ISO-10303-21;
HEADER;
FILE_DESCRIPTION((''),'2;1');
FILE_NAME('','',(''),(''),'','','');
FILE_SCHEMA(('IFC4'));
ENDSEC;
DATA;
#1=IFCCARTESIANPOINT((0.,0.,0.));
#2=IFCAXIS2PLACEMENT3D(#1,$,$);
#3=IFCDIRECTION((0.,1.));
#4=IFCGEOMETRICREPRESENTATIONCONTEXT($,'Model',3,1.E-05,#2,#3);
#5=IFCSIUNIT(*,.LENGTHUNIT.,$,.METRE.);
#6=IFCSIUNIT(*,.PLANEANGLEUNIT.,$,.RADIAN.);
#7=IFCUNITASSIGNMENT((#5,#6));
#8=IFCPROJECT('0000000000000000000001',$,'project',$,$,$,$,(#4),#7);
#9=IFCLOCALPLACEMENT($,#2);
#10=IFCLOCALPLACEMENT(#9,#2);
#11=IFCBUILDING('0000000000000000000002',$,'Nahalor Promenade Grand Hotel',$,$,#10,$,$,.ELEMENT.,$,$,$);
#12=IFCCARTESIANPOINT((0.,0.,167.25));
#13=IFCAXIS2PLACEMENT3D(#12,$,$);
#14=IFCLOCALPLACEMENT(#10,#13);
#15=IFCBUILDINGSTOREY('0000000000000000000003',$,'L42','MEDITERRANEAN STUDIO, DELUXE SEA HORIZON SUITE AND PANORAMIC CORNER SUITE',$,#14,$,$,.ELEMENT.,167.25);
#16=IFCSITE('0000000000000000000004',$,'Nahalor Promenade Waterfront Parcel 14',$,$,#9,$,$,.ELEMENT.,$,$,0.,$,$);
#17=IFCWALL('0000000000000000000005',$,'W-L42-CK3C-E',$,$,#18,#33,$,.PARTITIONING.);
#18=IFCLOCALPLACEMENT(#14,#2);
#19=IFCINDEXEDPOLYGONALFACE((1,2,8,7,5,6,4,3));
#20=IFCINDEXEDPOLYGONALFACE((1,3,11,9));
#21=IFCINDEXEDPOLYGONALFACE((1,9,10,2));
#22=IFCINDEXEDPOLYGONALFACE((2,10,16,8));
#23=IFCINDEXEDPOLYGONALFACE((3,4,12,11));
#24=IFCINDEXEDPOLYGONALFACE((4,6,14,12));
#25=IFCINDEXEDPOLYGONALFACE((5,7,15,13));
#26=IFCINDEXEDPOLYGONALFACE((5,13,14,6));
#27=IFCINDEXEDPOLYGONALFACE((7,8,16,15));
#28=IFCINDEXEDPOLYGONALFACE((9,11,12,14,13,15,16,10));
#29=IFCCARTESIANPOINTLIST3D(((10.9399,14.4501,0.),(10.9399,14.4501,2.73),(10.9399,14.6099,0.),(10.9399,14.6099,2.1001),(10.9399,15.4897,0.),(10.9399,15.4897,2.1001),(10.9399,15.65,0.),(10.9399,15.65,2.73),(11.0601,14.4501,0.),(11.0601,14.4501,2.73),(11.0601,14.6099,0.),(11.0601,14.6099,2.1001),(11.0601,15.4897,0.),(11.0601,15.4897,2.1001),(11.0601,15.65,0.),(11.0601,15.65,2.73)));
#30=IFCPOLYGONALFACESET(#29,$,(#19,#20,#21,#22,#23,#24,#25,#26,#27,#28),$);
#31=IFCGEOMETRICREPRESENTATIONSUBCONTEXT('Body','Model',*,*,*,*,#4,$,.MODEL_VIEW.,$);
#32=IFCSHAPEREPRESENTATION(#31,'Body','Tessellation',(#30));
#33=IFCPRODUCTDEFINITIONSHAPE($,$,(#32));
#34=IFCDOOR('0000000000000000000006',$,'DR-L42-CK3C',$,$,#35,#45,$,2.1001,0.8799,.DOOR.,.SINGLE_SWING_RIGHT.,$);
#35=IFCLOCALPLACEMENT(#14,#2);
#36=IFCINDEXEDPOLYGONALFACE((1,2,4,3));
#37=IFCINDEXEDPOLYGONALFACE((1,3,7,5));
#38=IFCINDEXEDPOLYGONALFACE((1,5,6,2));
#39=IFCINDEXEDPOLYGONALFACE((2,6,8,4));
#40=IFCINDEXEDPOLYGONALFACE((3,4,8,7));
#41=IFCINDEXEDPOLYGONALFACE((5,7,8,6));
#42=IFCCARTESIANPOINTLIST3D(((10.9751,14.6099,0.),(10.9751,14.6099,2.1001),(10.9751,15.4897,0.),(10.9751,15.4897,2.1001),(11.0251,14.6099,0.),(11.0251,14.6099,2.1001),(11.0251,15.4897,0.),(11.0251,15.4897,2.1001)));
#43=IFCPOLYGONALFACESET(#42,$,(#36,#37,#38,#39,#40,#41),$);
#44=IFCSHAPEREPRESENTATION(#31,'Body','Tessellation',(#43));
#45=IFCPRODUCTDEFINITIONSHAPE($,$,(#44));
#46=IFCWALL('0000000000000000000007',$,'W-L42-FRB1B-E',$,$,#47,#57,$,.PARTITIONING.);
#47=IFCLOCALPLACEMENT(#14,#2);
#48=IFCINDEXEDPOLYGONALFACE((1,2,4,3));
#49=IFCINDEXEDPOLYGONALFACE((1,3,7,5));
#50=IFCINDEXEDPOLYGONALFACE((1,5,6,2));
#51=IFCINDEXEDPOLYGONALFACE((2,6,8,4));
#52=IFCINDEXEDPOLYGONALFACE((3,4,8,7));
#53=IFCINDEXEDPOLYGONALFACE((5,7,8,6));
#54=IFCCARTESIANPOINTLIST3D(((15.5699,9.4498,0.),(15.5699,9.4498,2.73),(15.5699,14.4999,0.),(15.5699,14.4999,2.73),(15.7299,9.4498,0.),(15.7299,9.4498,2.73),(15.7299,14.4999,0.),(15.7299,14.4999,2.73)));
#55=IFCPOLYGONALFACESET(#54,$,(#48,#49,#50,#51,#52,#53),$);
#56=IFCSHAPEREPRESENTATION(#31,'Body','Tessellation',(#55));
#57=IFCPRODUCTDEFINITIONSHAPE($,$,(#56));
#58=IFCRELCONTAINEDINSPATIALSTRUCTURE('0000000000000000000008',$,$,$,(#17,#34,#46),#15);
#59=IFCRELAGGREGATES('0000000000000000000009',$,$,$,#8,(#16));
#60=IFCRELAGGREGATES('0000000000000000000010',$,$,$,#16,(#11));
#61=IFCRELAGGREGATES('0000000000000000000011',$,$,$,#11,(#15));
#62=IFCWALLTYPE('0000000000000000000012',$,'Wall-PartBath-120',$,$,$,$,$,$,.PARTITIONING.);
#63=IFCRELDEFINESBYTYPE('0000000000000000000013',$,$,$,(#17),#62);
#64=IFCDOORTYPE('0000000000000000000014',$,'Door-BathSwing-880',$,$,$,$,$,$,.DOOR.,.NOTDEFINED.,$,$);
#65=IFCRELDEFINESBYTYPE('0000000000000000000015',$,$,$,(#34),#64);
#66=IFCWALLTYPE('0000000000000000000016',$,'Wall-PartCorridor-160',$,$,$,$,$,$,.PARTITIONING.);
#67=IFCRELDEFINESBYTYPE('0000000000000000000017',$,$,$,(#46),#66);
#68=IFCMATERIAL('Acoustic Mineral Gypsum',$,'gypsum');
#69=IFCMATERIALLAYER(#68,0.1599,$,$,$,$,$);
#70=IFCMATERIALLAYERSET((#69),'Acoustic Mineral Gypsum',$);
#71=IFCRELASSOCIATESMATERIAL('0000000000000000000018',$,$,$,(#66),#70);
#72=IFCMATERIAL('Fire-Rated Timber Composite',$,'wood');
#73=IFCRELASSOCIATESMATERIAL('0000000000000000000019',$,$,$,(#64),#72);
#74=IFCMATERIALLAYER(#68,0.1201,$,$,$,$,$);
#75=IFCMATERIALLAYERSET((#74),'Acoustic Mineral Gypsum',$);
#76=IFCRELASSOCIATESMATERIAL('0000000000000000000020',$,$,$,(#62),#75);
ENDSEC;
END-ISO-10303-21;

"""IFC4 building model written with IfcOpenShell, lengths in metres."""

from ifc_helpers import new_model, si_unit, direction, frame, frame_2d, origin, place, context, subcontext, project, spatial, rectangle, extrude, source, transform, mapped, material, layer, layer_set, type_object, element, fill, save


model = new_model("IFC4")

# Units and contexts
model_context = context("Model", 3, precision=1e-05, world=origin(), true_north=direction((0.0, 1.0)))
body_context = subcontext(model_context, "Body", "Model", "MODEL_VIEW")
ifc_project = project(units=[si_unit("LENGTHUNIT", "METRE"), si_unit("PLANEANGLEUNIT", "RADIAN")], contexts=[model_context])

# Site, building, storey
site_placement = place(None, origin())
site = spatial("IfcSite", under=ifc_project, at=site_placement, Name="Nahalor Promenade Waterfront Parcel 14", CompositionType="ELEMENT", RefElevation=0.0)
building_placement = place(site_placement, origin())
building = spatial("IfcBuilding", under=site, at=building_placement, Name="Nahalor Promenade Grand Hotel", CompositionType="ELEMENT")
storey_placement = place(building_placement, frame((0.0, 0.0, 167.25)))
storey = spatial("IfcBuildingStorey", under=building, at=storey_placement, Name="L42", Description="MEDITERRANEAN STUDIO, DELUXE SEA HORIZON SUITE AND PANORAMIC CORNER SUITE", CompositionType="ELEMENT", Elevation=167.25)

# Shared definitions
ifc_material_1 = material(Name="Acoustic Mineral Gypsum", Category="gypsum")
ifc_layer_1 = layer(ifc_material_1, 0.1599)
ifc_layer_set_1 = layer_set([ifc_layer_1], Name="Acoustic Mineral Gypsum")
wall_type_1 = type_object("IfcWallType", Name="Wall-PartCorridor-160", PredefinedType="PARTITIONING", material=ifc_layer_set_1)

# Wall, opening, door
ifc_material_2 = material(Name="Fire-Rated Timber Composite", Category="wood")
door_type_1 = type_object("IfcDoorType", Name="Door-BathSwing-880", OperationType="NOTDEFINED", PredefinedType="DOOR", material=ifc_material_2)
shared_shape_1 = source(origin(), body_context, "Body", "SweptSolid", [
    extrude(rectangle(XDim=0.8799, YDim=2.1001, at=frame_2d((0.4399, 1.05))), frame((0.0, 0.0249, 0.0), z_axis=(0.0, -1.0, 0.0), x_axis=(1.0, 0.0, 0.0)), (0.0, 0.0, 1.0), 0.05),
])
ifc_layer_2 = layer(ifc_material_1, 0.1201)
ifc_layer_set_2 = layer_set([ifc_layer_2], Name="Acoustic Mineral Gypsum")
wall_type_2 = type_object("IfcWallType", Name="Wall-PartBath-120", PredefinedType="PARTITIONING", material=ifc_layer_set_2)
shared_shape_2 = source(origin(), body_context, "Body", "SweptSolid", [
    extrude(rectangle(XDim=1.2, YDim=0.1201, at=frame_2d((0.6001, 0.0))), origin(), (0.0, 0.0, 1.0), 2.73),
])
wall_1_placement = place(storey_placement, frame((11.0, 14.45, 0.0), z_axis=(0.0, 0.0, 1.0), x_axis=(0.0, 1.0, 0.0)))
wall_1 = element("IfcWall", 1, at=wall_1_placement, inside=storey, type_object=wall_type_2, Name="W-L42-CK3C-E", PredefinedType="PARTITIONING", context=body_context, shape_type="MappedRepresentation", body=[
    mapped(shared_shape_2, transform((0.0, 0.0, 0.0), scale=1.0)),
])
opening_1_placement = place(wall_1_placement, frame((0.1599, 0.0, 0.0)))
opening_1 = element("IfcOpeningElement", 2, at=opening_1_placement, cuts=wall_1, PredefinedType="OPENING", context=body_context, shape_type="SweptSolid", body=[
    extrude(rectangle(XDim=0.8799, YDim=2.1001, at=frame_2d((0.4399, 1.05))), frame((0.0, 0.0701, 0.0), z_axis=(0.0, -1.0, 0.0), x_axis=(1.0, 0.0, 0.0)), (0.0, 0.0, 1.0), 0.1401),
])
door_1_placement = place(opening_1_placement, origin())
door_1 = element("IfcDoor", 3, at=door_1_placement, inside=storey, type_object=door_type_1, Name="DR-L42-CK3C", OperationType="SINGLE_SWING_RIGHT", OverallHeight=2.1001, OverallWidth=0.8799, PredefinedType="DOOR", context=body_context, shape_type="MappedRepresentation", body=[
    mapped(shared_shape_1, transform((0.0, 0.0, 0.0), scale=1.0)),
])
fill(opening_1, door_1)

# Wall
shared_shape_3 = source(origin(), body_context, "Body", "SweptSolid", [
    extrude(rectangle(XDim=5.05, YDim=0.1599, at=frame_2d((2.5249, 0.0))), origin(), (0.0, 0.0, 1.0), 2.73),
])
wall_2_placement = place(storey_placement, frame((15.6499, 9.45, 0.0), z_axis=(0.0, 0.0, 1.0), x_axis=(0.0, 1.0, 0.0)))
element("IfcWall", 4, at=wall_2_placement, inside=storey, type_object=wall_type_1, Name="W-L42-FRB1B-E", PredefinedType="PARTITIONING", context=body_context, shape_type="MappedRepresentation", body=[
    mapped(shared_shape_3, transform((0.0, 0.0, 0.0), scale=1.0)),
])

save(model, "model.ifc")
